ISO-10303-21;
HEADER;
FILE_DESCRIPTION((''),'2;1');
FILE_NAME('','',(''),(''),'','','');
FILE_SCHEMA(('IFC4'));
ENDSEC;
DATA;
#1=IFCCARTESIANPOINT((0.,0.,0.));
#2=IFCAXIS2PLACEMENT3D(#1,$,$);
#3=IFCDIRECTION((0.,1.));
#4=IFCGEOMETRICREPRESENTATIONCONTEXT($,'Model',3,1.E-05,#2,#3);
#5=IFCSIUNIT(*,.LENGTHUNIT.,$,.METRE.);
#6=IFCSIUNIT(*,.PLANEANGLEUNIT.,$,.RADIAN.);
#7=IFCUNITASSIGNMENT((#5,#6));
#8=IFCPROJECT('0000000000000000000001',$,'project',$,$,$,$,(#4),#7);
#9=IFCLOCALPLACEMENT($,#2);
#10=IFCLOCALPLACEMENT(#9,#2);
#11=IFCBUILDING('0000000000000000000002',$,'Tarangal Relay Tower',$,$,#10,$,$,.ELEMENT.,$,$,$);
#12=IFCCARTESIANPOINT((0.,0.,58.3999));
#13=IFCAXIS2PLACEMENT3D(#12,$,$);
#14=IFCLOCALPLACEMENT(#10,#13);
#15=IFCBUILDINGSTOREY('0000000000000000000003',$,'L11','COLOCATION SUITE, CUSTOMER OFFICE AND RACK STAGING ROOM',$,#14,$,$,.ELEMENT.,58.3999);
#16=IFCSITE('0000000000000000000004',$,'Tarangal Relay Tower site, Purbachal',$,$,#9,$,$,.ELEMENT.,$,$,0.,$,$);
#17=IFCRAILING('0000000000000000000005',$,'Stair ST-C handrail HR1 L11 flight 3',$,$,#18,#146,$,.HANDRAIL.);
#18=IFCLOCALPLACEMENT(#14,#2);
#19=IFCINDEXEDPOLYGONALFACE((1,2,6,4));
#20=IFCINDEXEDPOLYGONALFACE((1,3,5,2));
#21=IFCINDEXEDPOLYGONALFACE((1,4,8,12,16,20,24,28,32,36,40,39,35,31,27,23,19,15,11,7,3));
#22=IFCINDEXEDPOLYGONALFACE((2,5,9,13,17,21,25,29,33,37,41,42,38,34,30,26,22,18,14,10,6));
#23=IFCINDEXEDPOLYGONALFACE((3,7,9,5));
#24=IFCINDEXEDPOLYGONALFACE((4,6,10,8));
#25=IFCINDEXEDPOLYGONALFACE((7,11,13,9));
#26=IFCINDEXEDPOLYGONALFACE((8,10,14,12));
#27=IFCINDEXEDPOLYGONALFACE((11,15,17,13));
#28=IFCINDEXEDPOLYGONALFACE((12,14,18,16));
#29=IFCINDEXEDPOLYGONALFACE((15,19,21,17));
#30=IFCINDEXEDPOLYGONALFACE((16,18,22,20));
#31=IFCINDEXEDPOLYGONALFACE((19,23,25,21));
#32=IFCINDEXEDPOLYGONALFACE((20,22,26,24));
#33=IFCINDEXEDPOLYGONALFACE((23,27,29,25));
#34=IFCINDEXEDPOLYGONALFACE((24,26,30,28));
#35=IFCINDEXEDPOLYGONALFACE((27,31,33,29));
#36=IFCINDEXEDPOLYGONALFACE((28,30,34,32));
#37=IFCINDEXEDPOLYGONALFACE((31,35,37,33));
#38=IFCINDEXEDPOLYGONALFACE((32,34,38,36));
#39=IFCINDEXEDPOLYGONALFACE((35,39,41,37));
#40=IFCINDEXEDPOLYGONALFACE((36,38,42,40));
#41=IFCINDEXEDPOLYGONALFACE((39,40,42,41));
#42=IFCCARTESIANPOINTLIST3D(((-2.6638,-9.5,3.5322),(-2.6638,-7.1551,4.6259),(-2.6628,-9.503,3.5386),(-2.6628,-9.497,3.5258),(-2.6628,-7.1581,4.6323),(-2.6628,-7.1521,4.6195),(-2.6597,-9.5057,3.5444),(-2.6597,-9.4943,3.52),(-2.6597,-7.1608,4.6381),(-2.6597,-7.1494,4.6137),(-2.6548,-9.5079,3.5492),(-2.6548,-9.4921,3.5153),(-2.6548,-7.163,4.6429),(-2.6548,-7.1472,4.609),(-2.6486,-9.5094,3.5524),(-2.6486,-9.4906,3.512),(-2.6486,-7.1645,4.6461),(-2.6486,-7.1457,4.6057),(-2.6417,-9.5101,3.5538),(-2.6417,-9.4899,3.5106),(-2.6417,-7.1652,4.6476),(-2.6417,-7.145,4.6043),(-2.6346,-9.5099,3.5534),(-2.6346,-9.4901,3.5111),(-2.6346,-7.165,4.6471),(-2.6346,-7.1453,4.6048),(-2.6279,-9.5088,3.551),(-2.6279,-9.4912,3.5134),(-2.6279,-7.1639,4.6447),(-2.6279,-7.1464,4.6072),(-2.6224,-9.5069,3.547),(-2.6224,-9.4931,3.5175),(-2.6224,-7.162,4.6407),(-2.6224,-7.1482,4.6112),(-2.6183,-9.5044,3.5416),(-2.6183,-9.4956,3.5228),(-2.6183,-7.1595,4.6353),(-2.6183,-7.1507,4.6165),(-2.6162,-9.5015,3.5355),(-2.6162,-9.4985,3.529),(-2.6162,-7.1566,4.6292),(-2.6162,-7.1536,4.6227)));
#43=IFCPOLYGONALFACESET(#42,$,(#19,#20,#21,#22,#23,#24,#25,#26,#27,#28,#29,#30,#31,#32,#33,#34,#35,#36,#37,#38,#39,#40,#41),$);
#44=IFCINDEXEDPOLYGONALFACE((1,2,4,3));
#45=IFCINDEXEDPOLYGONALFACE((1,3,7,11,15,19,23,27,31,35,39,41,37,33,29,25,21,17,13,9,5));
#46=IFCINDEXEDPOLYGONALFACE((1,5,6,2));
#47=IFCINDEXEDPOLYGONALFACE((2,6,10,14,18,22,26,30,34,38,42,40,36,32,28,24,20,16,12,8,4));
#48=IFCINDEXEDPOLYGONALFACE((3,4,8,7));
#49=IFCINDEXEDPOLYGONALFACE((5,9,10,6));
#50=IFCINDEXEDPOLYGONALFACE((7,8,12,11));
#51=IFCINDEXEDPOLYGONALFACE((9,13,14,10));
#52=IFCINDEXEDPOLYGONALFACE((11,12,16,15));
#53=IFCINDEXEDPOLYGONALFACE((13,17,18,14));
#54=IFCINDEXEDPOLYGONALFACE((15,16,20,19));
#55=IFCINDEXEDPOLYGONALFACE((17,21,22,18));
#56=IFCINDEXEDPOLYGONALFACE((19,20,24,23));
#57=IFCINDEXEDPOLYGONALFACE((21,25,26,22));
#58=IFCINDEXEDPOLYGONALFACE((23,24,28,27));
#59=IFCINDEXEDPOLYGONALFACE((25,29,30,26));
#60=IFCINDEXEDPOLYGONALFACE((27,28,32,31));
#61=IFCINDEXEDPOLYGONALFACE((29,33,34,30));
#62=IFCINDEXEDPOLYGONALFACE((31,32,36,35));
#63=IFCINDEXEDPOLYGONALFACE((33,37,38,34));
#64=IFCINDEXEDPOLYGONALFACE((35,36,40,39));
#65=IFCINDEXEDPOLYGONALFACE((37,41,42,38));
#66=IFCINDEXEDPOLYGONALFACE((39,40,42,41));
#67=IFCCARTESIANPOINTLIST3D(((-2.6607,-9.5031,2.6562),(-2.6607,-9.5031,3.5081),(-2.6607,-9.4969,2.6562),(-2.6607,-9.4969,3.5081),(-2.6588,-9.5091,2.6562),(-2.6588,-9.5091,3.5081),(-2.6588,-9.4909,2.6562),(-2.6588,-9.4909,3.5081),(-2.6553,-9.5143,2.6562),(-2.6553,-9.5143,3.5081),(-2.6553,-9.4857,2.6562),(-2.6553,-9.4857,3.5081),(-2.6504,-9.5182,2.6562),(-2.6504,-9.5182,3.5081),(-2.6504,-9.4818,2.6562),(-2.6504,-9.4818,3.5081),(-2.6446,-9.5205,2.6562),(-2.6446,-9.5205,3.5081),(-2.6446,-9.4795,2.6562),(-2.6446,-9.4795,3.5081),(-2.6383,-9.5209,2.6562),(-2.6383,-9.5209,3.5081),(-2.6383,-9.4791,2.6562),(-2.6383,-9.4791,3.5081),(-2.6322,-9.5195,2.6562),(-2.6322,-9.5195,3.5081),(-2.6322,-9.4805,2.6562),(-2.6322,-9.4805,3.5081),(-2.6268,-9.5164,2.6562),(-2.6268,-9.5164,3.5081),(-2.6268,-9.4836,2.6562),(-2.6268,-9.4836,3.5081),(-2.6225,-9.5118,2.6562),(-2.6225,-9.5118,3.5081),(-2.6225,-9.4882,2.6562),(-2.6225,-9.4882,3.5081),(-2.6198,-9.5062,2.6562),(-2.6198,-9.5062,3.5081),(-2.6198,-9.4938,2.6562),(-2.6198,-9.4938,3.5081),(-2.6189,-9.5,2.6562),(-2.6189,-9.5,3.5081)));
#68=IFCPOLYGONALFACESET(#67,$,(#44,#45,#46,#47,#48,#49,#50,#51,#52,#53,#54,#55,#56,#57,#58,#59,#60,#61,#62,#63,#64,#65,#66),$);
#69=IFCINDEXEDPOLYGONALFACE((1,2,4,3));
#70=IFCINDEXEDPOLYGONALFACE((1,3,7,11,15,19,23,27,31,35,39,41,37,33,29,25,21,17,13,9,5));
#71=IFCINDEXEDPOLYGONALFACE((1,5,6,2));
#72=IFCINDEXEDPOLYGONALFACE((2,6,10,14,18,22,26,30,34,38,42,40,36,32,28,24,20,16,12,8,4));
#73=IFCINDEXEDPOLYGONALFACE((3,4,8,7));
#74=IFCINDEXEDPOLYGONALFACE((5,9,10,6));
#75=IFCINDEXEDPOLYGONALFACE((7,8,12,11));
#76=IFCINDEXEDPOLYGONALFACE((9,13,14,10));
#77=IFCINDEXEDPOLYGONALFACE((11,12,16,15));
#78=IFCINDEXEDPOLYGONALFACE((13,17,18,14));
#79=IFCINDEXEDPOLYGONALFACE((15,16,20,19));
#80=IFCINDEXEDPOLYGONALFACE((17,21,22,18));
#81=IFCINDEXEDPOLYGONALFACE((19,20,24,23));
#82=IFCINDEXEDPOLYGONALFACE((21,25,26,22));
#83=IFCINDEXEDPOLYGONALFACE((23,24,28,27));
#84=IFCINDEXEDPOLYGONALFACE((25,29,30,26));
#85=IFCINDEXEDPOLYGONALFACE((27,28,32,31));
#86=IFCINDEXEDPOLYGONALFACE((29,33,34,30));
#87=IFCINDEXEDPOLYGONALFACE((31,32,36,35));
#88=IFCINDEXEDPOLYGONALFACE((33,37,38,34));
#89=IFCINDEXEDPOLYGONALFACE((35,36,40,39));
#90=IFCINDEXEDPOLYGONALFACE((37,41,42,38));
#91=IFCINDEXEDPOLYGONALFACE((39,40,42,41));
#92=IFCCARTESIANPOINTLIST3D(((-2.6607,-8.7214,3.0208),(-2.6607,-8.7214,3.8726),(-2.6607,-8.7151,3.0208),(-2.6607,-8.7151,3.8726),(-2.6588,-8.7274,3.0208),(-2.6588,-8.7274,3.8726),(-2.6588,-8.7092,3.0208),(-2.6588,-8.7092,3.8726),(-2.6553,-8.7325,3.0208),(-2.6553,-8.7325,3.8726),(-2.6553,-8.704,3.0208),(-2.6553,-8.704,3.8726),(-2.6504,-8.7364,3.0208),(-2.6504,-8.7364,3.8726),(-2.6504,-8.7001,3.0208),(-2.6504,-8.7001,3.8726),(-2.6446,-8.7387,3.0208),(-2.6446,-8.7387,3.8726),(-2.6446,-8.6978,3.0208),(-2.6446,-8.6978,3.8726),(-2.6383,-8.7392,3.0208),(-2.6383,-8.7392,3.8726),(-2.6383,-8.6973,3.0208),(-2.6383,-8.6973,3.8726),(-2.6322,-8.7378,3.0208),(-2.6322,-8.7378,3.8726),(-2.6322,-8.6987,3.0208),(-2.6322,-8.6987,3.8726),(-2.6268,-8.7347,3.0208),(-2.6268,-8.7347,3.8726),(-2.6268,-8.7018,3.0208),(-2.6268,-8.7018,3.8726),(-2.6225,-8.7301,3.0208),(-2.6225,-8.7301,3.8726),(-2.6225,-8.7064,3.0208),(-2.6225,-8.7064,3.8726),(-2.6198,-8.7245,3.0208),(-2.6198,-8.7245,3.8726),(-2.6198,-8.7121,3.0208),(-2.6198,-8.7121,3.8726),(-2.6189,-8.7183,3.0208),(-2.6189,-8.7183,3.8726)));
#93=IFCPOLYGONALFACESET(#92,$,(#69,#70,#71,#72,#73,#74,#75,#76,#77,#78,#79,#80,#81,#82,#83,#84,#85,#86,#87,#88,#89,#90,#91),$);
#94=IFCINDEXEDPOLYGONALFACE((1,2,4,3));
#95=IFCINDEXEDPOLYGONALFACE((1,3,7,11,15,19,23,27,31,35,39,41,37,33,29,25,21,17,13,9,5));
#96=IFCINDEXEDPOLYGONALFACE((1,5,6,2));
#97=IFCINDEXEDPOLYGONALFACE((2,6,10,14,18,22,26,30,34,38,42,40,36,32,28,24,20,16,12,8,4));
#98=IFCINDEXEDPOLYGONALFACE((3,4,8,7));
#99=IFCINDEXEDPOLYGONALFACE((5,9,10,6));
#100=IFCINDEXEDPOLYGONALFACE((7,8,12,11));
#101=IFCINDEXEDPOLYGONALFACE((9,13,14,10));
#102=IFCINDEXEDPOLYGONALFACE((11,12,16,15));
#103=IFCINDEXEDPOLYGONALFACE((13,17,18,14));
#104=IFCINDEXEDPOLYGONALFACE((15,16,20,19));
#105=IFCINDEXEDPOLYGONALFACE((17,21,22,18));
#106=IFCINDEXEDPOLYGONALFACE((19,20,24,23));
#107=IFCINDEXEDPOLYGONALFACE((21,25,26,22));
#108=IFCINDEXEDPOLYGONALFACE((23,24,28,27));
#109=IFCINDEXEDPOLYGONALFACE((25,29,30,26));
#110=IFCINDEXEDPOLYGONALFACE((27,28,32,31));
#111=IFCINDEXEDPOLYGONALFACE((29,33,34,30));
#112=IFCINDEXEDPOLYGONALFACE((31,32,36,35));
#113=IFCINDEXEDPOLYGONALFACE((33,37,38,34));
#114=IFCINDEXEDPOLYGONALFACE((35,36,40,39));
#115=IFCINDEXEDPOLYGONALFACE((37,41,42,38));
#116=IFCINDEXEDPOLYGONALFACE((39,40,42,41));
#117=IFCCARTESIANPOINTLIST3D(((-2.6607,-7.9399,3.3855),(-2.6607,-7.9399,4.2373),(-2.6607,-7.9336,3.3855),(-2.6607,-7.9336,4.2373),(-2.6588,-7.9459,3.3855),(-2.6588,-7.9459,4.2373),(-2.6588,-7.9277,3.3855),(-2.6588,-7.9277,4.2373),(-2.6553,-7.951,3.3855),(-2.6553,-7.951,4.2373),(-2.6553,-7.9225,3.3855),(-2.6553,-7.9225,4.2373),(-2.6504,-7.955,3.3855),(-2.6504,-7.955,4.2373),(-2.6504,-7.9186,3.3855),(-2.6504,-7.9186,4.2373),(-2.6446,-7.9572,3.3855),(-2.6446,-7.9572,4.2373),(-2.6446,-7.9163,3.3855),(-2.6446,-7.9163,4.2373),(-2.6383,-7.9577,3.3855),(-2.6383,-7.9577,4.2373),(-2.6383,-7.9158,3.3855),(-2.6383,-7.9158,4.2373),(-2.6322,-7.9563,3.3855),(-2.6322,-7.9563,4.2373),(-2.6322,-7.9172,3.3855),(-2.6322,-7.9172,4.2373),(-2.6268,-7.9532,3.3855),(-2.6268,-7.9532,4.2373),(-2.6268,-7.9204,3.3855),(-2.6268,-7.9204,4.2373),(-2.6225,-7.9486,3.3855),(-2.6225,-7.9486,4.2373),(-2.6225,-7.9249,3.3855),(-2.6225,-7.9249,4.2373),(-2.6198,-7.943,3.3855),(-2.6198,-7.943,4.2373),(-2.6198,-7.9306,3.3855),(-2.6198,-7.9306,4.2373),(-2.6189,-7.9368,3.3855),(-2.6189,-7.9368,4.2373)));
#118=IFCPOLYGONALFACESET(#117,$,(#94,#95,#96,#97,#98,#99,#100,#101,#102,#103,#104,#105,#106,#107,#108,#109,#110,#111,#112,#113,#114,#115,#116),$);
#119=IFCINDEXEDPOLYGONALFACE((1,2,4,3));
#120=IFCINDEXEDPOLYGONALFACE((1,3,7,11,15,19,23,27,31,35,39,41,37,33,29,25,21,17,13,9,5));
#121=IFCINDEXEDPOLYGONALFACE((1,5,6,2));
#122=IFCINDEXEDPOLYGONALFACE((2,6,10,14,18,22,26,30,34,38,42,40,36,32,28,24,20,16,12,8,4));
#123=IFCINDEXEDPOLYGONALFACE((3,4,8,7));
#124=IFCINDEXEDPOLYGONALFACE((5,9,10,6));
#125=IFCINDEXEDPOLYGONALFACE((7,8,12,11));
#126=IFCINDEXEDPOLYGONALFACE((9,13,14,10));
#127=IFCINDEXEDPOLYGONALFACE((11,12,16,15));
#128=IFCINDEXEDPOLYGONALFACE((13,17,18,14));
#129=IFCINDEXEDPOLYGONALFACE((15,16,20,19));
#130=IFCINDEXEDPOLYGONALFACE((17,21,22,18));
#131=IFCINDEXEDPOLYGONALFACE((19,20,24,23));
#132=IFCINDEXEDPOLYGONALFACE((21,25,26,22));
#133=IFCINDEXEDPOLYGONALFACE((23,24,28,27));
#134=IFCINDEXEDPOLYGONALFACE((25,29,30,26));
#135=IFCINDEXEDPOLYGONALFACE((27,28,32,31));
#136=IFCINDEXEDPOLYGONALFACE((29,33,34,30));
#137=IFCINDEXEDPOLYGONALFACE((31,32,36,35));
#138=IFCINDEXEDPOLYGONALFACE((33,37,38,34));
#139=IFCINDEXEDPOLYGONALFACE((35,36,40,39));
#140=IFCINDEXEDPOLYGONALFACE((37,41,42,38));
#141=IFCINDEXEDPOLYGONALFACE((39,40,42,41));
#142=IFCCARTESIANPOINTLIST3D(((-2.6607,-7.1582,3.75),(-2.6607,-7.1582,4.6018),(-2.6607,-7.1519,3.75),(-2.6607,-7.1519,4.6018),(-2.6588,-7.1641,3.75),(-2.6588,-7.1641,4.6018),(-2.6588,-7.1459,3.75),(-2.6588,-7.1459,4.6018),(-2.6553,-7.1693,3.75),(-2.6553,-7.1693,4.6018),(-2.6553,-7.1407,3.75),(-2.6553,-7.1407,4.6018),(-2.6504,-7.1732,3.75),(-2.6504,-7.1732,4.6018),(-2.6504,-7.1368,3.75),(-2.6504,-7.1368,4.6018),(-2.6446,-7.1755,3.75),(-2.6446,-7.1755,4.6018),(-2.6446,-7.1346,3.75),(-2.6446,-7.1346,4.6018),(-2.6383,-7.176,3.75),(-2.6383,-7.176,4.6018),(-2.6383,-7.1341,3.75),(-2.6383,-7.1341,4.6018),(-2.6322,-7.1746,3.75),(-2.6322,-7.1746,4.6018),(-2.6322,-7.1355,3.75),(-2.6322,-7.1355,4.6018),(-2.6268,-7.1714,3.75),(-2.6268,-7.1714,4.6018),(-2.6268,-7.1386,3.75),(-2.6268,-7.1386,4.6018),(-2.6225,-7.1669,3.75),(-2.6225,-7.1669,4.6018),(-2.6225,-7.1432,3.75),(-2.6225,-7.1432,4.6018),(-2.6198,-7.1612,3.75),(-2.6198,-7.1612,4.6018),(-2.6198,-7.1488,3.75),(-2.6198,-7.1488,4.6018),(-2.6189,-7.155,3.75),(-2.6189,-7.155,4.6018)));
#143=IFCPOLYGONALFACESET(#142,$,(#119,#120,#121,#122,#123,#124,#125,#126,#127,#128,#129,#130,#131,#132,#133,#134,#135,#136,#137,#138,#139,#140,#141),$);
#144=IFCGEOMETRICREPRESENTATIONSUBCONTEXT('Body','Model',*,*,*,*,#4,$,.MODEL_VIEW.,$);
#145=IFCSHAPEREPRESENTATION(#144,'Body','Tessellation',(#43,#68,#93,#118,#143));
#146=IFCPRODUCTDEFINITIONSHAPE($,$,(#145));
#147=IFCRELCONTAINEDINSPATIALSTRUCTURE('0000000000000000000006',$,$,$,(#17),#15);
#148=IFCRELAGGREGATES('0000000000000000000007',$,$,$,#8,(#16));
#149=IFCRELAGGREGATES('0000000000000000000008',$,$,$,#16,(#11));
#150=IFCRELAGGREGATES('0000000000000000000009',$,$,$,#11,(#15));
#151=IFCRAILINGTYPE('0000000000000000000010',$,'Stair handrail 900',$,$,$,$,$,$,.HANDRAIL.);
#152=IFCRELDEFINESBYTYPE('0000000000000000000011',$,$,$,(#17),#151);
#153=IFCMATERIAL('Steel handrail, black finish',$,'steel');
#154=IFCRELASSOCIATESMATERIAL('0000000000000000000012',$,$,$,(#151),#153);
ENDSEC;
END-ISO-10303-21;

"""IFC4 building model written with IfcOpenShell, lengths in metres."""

from ifc_helpers import new_model, si_unit, direction, frame, origin, origin_2d, place, context, subcontext, project, spatial, circle, extrude, material, type_object, element, save


model = new_model("IFC4")

# Units and contexts
model_context = context("Model", 3, precision=1e-05, world=origin(), true_north=direction((0.0, 1.0)))
body_context = subcontext(model_context, "Body", "Model", "MODEL_VIEW")
ifc_project = project(units=[si_unit("LENGTHUNIT", "METRE"), si_unit("PLANEANGLEUNIT", "RADIAN")], contexts=[model_context])

# Site, building, storey
site_placement = place(None, origin())
site = spatial("IfcSite", under=ifc_project, at=site_placement, Name="Tarangal Relay Tower site, Purbachal", CompositionType="ELEMENT", RefElevation=0.0)
building_placement = place(site_placement, origin())
building = spatial("IfcBuilding", under=site, at=building_placement, Name="Tarangal Relay Tower", CompositionType="ELEMENT")
storey_placement = place(building_placement, frame((0.0, 0.0, 58.3999)))
storey = spatial("IfcBuildingStorey", under=building, at=storey_placement, Name="L11", Description="COLOCATION SUITE, CUSTOMER OFFICE AND RACK STAGING ROOM", CompositionType="ELEMENT", Elevation=58.3999)

# Railing
ifc_material_1 = material(Name="Steel handrail, black finish", Category="steel")
railing_type_1 = type_object("IfcRailingType", Name="Stair handrail 900", PredefinedType="HANDRAIL", material=ifc_material_1)
for number, where, name in (
    (1, (-2.6399, -9.5, 2.6562), "Stair ST-C handrail HR1 L11 flight 3"),
):
    element("IfcRailing", number, at=place(storey_placement, frame(where)), inside=storey, type_object=railing_type_1, Name=name, PredefinedType="HANDRAIL", context=body_context, shape_type="SweptSolid", body=[
        extrude(circle(Radius=0.0239, at=origin_2d()), frame((0.0, 0.0, 0.876), z_axis=(0.0, 0.906267, 0.422705), x_axis=(-1.0, 0.0, 0.0)), (0.0, 0.0, 1.0), 2.5874),
        extrude(circle(Radius=0.021, at=origin_2d()), origin(), (0.0, 0.0, 1.0), 0.8518),
        extrude(circle(Radius=0.021, at=origin_2d()), frame((0.0, 0.7817, 0.3645)), (0.0, 0.0, 1.0), 0.8518),
        extrude(circle(Radius=0.021, at=origin_2d()), frame((0.0, 1.5632, 0.7292)), (0.0, 0.0, 1.0), 0.8518),
        extrude(circle(Radius=0.021, at=origin_2d()), frame((0.0, 2.345, 1.0938)), (0.0, 0.0, 1.0), 0.8518),
    ])

save(model, "model.ifc")
